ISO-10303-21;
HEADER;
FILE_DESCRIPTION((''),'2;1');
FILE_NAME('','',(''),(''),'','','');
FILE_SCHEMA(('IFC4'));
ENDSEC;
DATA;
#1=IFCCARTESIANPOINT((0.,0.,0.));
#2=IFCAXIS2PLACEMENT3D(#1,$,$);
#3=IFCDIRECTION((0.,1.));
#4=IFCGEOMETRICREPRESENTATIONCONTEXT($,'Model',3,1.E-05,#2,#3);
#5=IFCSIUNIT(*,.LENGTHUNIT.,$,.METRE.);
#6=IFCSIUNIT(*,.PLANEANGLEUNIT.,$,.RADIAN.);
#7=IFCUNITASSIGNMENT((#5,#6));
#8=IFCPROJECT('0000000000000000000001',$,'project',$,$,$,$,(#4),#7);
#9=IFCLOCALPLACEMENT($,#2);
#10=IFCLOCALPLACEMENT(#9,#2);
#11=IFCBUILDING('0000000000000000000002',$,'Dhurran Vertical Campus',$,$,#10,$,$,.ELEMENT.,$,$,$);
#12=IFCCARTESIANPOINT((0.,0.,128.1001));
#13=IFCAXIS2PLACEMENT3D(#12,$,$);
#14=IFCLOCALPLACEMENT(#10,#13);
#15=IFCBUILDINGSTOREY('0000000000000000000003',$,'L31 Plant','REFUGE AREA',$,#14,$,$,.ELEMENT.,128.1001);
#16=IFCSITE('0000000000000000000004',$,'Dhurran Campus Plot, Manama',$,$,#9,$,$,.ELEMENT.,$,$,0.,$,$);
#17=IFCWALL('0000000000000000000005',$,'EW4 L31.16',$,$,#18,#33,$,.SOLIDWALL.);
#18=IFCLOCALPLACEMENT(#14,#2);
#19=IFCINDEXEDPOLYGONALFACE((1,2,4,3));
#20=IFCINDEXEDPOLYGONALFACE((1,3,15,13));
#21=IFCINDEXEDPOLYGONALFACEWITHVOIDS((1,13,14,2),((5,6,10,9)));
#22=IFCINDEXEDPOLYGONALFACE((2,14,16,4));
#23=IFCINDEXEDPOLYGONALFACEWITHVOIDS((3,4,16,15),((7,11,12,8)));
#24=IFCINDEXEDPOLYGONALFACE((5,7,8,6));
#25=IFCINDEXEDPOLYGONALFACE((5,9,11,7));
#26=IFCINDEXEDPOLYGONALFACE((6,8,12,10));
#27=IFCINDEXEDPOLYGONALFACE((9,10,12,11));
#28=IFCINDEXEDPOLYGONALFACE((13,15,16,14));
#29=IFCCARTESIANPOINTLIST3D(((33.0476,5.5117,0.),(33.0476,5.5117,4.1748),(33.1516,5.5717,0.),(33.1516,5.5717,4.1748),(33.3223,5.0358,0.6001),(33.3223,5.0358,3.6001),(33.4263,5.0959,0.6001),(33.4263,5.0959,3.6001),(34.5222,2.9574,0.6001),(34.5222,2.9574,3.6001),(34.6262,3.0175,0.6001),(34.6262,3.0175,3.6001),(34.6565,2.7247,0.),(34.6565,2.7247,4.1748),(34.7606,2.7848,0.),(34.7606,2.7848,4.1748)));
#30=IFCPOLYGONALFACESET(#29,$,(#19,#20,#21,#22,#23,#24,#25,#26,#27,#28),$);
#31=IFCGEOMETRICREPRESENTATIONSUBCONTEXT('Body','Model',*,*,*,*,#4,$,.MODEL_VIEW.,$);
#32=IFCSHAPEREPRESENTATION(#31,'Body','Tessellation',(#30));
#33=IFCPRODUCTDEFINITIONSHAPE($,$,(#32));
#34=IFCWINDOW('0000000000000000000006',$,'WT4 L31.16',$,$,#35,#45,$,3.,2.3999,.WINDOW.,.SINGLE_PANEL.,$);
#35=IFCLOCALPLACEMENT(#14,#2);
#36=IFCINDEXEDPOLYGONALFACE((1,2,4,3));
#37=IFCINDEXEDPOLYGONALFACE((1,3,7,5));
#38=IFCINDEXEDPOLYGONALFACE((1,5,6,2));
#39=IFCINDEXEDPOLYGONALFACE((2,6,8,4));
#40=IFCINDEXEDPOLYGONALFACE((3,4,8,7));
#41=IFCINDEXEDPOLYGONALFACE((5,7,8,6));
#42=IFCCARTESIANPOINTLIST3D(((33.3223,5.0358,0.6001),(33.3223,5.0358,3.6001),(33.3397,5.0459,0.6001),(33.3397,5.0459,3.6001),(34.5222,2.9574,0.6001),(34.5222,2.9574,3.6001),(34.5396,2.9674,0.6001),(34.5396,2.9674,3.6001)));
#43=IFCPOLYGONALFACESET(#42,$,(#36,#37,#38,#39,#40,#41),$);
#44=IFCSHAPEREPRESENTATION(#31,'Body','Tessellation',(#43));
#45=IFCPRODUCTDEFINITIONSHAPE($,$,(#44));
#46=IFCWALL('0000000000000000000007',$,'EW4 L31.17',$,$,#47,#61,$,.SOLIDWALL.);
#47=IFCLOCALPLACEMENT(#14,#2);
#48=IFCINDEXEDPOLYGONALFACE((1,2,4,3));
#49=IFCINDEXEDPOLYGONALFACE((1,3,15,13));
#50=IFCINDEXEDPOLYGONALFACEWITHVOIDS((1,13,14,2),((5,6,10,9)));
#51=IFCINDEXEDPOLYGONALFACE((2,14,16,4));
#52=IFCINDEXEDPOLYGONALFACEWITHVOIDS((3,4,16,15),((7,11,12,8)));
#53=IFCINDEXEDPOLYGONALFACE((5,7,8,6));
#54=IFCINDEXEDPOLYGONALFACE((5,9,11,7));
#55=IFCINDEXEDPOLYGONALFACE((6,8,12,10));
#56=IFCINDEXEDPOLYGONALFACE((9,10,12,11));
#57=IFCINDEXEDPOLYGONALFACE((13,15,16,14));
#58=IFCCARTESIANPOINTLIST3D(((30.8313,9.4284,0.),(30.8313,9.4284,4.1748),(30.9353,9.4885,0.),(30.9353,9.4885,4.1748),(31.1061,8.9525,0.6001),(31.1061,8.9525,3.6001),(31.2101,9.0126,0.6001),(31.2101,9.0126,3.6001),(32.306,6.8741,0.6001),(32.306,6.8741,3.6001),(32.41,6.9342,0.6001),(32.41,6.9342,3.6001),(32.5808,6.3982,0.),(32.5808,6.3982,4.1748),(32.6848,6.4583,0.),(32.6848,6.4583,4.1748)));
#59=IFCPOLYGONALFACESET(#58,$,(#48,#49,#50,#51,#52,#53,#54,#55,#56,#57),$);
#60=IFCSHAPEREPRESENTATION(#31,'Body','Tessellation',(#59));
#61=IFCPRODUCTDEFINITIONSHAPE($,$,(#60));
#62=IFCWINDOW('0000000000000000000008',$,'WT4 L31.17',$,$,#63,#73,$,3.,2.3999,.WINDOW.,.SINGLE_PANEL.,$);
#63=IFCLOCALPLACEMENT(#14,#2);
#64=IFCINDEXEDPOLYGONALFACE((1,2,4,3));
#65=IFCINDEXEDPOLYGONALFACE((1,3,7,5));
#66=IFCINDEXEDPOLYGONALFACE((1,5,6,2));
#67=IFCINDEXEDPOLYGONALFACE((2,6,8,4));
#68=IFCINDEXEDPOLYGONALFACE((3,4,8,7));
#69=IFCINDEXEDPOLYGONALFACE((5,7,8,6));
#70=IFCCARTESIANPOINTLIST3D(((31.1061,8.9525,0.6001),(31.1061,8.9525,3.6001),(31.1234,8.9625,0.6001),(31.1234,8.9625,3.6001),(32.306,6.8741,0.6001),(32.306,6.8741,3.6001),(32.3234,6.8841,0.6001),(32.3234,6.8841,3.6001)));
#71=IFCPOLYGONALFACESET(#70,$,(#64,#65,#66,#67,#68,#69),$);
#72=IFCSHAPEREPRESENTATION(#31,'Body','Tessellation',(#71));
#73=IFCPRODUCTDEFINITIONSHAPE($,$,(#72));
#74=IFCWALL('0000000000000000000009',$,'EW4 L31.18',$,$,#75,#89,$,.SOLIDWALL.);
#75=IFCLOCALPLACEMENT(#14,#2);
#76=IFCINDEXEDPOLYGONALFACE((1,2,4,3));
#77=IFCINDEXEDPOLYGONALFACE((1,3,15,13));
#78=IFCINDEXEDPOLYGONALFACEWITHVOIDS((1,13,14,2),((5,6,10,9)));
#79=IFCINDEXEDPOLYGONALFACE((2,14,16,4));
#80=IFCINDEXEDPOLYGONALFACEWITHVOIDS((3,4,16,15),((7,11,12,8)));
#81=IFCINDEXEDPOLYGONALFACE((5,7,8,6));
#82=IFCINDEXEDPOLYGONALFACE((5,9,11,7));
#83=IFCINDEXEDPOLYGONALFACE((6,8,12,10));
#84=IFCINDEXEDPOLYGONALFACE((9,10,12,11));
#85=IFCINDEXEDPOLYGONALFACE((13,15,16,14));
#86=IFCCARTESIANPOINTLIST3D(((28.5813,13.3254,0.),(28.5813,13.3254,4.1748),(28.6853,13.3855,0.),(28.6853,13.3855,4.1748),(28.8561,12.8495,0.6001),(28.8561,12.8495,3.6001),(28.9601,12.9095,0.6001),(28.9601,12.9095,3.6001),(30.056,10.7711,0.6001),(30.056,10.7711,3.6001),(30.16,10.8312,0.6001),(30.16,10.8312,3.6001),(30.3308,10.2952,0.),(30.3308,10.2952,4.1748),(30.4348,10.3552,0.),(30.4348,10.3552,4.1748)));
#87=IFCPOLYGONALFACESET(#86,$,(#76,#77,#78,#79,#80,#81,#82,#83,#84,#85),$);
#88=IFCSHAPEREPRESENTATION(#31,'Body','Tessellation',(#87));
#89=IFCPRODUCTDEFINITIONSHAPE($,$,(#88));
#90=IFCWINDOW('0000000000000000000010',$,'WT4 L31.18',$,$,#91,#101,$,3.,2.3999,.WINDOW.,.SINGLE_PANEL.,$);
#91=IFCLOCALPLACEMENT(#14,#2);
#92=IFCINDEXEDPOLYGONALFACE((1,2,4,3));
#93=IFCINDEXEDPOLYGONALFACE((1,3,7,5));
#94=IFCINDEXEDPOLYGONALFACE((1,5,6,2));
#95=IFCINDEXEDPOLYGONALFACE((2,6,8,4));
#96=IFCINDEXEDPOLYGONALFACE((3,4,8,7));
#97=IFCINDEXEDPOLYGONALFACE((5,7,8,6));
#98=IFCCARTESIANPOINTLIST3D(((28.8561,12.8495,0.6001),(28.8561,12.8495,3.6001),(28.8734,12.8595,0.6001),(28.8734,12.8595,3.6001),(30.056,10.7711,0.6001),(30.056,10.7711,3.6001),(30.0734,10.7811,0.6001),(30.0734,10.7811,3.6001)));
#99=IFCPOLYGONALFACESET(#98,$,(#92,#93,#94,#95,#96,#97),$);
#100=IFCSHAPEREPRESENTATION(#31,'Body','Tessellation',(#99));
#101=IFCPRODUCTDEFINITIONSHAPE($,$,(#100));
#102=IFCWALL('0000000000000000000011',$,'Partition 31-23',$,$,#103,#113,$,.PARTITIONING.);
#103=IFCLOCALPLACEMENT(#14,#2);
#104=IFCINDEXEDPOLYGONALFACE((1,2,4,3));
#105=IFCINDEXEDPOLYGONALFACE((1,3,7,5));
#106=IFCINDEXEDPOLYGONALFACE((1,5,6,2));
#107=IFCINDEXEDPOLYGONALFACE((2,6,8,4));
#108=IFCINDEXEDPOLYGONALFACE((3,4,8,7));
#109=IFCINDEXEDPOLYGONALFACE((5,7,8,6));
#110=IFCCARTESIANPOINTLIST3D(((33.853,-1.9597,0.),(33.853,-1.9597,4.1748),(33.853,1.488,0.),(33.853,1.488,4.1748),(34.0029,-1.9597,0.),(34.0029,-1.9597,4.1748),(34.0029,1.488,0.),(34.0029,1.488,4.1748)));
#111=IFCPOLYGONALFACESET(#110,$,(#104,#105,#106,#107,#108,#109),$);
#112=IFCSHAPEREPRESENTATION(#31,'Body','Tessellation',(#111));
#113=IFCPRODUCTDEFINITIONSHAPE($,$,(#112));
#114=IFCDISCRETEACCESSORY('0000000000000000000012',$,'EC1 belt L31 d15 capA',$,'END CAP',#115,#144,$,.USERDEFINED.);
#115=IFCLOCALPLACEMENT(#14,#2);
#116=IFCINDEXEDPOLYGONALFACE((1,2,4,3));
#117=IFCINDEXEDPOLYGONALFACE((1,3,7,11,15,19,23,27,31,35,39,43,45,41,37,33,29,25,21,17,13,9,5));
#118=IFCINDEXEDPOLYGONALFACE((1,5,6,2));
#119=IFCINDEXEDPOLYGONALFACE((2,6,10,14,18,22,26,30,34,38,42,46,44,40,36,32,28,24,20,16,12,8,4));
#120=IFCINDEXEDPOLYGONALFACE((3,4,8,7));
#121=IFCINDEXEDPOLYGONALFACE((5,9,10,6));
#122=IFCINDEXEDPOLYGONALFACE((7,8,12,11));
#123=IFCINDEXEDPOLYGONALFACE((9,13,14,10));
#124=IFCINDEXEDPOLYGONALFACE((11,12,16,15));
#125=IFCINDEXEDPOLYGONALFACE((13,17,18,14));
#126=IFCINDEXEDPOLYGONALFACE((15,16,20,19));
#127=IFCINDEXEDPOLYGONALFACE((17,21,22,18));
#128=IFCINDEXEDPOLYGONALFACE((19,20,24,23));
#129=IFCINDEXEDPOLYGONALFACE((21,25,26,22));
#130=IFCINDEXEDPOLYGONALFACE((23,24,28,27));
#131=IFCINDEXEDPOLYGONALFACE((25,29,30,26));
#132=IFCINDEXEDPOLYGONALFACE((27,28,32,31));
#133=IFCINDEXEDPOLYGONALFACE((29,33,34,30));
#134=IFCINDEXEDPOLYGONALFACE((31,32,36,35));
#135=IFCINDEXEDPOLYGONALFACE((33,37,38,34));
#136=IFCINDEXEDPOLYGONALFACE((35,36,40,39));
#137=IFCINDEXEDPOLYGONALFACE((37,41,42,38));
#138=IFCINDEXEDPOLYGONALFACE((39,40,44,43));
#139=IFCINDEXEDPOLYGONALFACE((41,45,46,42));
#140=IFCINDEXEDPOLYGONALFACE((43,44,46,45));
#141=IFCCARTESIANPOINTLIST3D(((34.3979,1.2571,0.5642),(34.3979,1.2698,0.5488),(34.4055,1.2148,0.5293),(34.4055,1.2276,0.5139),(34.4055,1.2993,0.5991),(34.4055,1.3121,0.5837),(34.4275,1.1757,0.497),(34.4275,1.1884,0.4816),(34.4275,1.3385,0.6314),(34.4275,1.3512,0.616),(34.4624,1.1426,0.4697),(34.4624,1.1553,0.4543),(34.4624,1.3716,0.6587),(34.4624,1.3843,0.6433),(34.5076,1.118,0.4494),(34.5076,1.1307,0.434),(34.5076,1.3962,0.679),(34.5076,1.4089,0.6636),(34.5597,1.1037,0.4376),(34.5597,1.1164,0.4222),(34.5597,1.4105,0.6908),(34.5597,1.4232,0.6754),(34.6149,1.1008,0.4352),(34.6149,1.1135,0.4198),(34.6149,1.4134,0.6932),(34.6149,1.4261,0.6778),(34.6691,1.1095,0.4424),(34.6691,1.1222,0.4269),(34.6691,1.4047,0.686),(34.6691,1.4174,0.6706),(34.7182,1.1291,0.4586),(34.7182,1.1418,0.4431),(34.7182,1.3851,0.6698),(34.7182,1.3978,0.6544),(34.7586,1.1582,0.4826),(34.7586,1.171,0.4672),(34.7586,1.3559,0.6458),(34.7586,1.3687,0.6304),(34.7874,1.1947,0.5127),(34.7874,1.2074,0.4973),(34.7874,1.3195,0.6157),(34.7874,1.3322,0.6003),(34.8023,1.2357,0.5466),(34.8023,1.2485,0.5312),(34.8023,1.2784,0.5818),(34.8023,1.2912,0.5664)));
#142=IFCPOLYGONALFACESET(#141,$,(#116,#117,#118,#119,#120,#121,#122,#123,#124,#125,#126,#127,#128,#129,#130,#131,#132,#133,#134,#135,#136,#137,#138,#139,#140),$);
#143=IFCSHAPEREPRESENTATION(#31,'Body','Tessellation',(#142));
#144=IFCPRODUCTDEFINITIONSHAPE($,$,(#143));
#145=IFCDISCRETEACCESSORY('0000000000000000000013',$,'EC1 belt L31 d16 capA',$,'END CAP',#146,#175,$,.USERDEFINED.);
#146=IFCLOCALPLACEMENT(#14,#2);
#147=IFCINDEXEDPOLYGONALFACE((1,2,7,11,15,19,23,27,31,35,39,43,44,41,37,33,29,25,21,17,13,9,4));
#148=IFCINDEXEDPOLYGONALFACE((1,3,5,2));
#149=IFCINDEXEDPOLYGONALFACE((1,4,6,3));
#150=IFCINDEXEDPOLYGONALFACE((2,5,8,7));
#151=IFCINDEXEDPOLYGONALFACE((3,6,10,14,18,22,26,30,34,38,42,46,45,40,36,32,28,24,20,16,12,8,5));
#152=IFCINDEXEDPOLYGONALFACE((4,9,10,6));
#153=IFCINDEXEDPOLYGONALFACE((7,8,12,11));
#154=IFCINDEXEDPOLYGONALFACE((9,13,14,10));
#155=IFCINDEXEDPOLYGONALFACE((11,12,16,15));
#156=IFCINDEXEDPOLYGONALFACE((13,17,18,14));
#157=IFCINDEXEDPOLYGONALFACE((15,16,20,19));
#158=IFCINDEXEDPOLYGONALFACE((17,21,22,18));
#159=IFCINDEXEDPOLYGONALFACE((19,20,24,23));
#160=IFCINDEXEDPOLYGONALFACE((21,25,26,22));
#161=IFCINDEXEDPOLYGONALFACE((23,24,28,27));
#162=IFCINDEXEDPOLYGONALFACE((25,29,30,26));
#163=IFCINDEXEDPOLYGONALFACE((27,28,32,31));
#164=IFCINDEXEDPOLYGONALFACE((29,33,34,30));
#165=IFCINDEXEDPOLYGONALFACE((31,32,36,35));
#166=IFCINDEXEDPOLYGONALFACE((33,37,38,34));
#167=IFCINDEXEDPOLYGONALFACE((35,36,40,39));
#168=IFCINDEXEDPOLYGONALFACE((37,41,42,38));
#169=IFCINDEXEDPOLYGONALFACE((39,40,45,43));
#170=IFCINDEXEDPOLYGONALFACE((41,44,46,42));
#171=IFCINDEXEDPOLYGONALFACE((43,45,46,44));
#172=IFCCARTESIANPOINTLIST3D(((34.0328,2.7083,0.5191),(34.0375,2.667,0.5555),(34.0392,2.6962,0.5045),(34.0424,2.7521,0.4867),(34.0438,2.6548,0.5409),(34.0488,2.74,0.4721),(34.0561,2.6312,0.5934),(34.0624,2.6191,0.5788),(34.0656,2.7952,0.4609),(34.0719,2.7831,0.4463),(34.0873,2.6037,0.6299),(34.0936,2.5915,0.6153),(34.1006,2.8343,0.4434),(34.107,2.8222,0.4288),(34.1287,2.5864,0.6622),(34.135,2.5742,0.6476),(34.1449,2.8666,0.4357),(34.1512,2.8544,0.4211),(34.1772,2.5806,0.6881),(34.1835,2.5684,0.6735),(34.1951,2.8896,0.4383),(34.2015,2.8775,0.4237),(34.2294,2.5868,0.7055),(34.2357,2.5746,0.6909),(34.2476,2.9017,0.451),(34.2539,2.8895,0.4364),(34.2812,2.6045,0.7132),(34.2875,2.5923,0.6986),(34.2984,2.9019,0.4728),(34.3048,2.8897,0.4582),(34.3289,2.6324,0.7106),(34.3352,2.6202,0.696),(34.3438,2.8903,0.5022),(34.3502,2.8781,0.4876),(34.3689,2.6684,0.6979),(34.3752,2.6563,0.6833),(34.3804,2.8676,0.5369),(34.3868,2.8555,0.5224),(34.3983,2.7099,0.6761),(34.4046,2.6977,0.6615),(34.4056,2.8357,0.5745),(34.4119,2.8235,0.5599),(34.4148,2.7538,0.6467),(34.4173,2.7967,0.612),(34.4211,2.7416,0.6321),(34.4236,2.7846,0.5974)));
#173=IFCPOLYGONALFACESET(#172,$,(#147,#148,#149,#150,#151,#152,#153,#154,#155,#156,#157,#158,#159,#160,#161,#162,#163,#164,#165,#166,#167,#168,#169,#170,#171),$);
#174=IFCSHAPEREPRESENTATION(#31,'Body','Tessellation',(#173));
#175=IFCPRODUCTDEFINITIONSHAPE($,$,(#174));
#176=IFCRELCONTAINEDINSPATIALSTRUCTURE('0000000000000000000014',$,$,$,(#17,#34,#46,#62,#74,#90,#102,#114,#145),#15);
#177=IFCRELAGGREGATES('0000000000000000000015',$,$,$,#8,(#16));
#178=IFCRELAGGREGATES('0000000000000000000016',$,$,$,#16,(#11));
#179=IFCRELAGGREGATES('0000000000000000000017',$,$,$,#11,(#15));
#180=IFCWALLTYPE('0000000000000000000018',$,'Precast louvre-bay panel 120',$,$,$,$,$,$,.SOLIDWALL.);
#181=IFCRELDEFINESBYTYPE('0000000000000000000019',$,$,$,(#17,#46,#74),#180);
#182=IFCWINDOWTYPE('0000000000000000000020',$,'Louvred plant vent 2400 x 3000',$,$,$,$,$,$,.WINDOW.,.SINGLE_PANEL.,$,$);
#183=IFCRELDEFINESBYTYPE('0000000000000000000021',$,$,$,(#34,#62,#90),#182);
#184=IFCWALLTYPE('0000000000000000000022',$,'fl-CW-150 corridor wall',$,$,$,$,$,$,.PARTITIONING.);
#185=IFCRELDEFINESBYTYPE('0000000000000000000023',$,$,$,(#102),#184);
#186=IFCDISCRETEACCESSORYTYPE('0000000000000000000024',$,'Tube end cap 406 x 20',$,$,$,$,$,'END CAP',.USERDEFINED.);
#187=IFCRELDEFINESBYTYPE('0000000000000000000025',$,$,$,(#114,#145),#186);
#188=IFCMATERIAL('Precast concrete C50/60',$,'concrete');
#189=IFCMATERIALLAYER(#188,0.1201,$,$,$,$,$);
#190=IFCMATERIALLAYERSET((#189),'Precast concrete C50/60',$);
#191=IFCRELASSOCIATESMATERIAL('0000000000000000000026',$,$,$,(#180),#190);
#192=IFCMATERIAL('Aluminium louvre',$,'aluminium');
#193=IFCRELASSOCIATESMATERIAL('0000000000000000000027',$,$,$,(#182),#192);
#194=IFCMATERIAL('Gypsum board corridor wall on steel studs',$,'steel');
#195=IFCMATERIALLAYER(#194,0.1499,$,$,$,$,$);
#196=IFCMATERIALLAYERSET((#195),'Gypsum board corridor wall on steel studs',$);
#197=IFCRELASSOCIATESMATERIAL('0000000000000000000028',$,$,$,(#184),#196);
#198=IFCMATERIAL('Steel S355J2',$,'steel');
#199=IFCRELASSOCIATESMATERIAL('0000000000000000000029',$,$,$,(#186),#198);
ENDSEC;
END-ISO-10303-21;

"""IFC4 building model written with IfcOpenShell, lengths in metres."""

from ifc_helpers import new_model, si_unit, direction, frame, frame_2d, origin, origin_2d, place, context, subcontext, project, spatial, rectangle, circle, extrude, material, layer, layer_set, material_profile, profile_set, type_object, element, fill, save


model = new_model("IFC4")

# Units and contexts
model_context = context("Model", 3, precision=1e-05, world=origin(), true_north=direction((0.0, 1.0)))
body_context = subcontext(model_context, "Body", "Model", "MODEL_VIEW")
ifc_project = project(units=[si_unit("LENGTHUNIT", "METRE"), si_unit("PLANEANGLEUNIT", "RADIAN")], contexts=[model_context])

# Site, building, storey
site_placement = place(None, origin())
site = spatial("IfcSite", under=ifc_project, at=site_placement, Name="Dhurran Campus Plot, Manama", CompositionType="ELEMENT", RefElevation=0.0)
building_placement = place(site_placement, origin())
building = spatial("IfcBuilding", under=site, at=building_placement, Name="Dhurran Vertical Campus", CompositionType="ELEMENT")
storey_placement = place(building_placement, frame((0.0, 0.0, 128.1001)))
storey = spatial("IfcBuildingStorey", under=building, at=storey_placement, Name="L31 Plant", Description="REFUGE AREA", CompositionType="ELEMENT", Elevation=128.1001)

# Walls, openings, windows
ifc_material_1 = material(Name="Precast concrete C50/60", Category="concrete")
ifc_layer_1 = layer(ifc_material_1, 0.1201)
ifc_layer_set_1 = layer_set([ifc_layer_1], Name="Precast concrete C50/60")
wall_type_1 = type_object("IfcWallType", Name="Precast louvre-bay panel 120", PredefinedType="SOLIDWALL", material=ifc_layer_set_1)
wall_1_placement = place(storey_placement, frame((34.7085, 2.7549, 0.0), z_axis=(0.0, 0.0, 1.0), x_axis=(-0.499974, 0.86604, 0.0)))
wall_1 = element("IfcWall", 1, at=wall_1_placement, inside=storey, type_object=wall_type_1, Name="EW4 L31.16", PredefinedType="SOLIDWALL", context=body_context, shape_type="SweptSolid", body=[
    extrude(rectangle(XDim=3.218, YDim=0.1201, at=frame_2d((1.6089, 0.0))), origin(), (0.0, 0.0, 1.0), 4.1748),
])
opening_1_placement = place(wall_1_placement, frame((0.2686, 0.0, 0.6001)))
opening_1 = element("IfcOpeningElement", 2, at=opening_1_placement, cuts=wall_1, PredefinedType="OPENING", context=body_context, shape_type="SweptSolid", body=[
    extrude(rectangle(XDim=2.3999, YDim=3.0, at=frame_2d((1.2, 1.5))), frame((0.0, 0.0701, 0.0), z_axis=(0.0, -1.0, 0.0), x_axis=(1.0, 0.0, 0.0)), (0.0, 0.0, 1.0), 0.1401),
])
ifc_material_2 = material(Name="Aluminium louvre", Category="aluminium")
window_type = type_object("IfcWindowType", Name="Louvred plant vent 2400 x 3000", PartitioningType="SINGLE_PANEL", PredefinedType="WINDOW", material=ifc_material_2)
window_1_placement = place(opening_1_placement, origin())
window_1 = element("IfcWindow", 3, at=window_1_placement, inside=storey, type_object=window_type, Name="WT4 L31.16", OverallHeight=3.0, OverallWidth=2.3999, PartitioningType="SINGLE_PANEL", PredefinedType="WINDOW", context=body_context, shape_type="SweptSolid", body=[
    extrude(rectangle(XDim=2.3999, YDim=3.0, at=frame_2d((1.2, 1.5))), frame((0.0, 0.0601, 0.0), z_axis=(0.0, -1.0, 0.0), x_axis=(1.0, 0.0, 0.0)), (0.0, 0.0, 1.0), 0.02),
])
fill(opening_1, window_1)
wall_2_placement = place(storey_placement, frame((32.6328, 6.4282, 0.0), z_axis=(0.0, 0.0, 1.0), x_axis=(-0.499996, 0.866028, 0.0)))
wall_2 = element("IfcWall", 4, at=wall_2_placement, inside=storey, type_object=wall_type_1, Name="EW4 L31.17", PredefinedType="SOLIDWALL", context=body_context, shape_type="SweptSolid", body=[
    extrude(rectangle(XDim=3.499, YDim=0.1201, at=frame_2d((1.7495, 0.0))), origin(), (0.0, 0.0, 1.0), 4.1748),
])
opening_2_placement = place(wall_2_placement, frame((0.5496, 0.0, 0.6001)))
opening_2 = element("IfcOpeningElement", 5, at=opening_2_placement, cuts=wall_2, PredefinedType="OPENING", context=body_context, shape_type="SweptSolid", body=[
    extrude(rectangle(XDim=2.3999, YDim=3.0, at=frame_2d((1.2, 1.5))), frame((0.0, 0.0701, 0.0), z_axis=(0.0, -1.0, 0.0), x_axis=(1.0, 0.0, 0.0)), (0.0, 0.0, 1.0), 0.1401),
])
window_2_placement = place(opening_2_placement, origin())
window_2 = element("IfcWindow", 6, at=window_2_placement, inside=storey, type_object=window_type, Name="WT4 L31.17", OverallHeight=3.0, OverallWidth=2.3999, PartitioningType="SINGLE_PANEL", PredefinedType="WINDOW", context=body_context, shape_type="SweptSolid", body=[
    extrude(rectangle(XDim=2.3999, YDim=3.0, at=frame_2d((1.2, 1.5))), frame((0.0, 0.0601, 0.0), z_axis=(0.0, -1.0, 0.0), x_axis=(1.0, 0.0, 0.0)), (0.0, 0.0, 1.0), 0.02),
])
fill(opening_2, window_2)
wall_3_placement = place(storey_placement, frame((30.3828, 10.3252, 0.0), z_axis=(0.0, 0.0, 1.0), x_axis=(-0.499996, 0.866028, 0.0)))
wall_3 = element("IfcWall", 7, at=wall_3_placement, inside=storey, type_object=wall_type_1, Name="EW4 L31.18", PredefinedType="SOLIDWALL", context=body_context, shape_type="SweptSolid", body=[
    extrude(rectangle(XDim=3.499, YDim=0.1201, at=frame_2d((1.7495, 0.0))), origin(), (0.0, 0.0, 1.0), 4.1748),
])
opening_3_placement = place(wall_3_placement, frame((0.5496, 0.0, 0.6001)))
opening_3 = element("IfcOpeningElement", 8, at=opening_3_placement, cuts=wall_3, PredefinedType="OPENING", context=body_context, shape_type="SweptSolid", body=[
    extrude(rectangle(XDim=2.3999, YDim=3.0, at=frame_2d((1.2, 1.5))), frame((0.0, 0.0701, 0.0), z_axis=(0.0, -1.0, 0.0), x_axis=(1.0, 0.0, 0.0)), (0.0, 0.0, 1.0), 0.1401),
])
window_3_placement = place(opening_3_placement, origin())
window_3 = element("IfcWindow", 9, at=window_3_placement, inside=storey, type_object=window_type, Name="WT4 L31.18", OverallHeight=3.0, OverallWidth=2.3999, PartitioningType="SINGLE_PANEL", PredefinedType="WINDOW", context=body_context, shape_type="SweptSolid", body=[
    extrude(rectangle(XDim=2.3999, YDim=3.0, at=frame_2d((1.2, 1.5))), frame((0.0, 0.0601, 0.0), z_axis=(0.0, -1.0, 0.0), x_axis=(1.0, 0.0, 0.0)), (0.0, 0.0, 1.0), 0.02),
])
fill(opening_3, window_3)

# Wall
ifc_material_3 = material(Name="Gypsum board corridor wall on steel studs", Category="steel")
ifc_layer_2 = layer(ifc_material_3, 0.1499)
ifc_layer_set_2 = layer_set([ifc_layer_2], Name="Gypsum board corridor wall on steel studs")
wall_type_2 = type_object("IfcWallType", Name="fl-CW-150 corridor wall", PredefinedType="PARTITIONING", material=ifc_layer_set_2)
wall_4_placement = place(storey_placement, frame((33.928, 1.488, 0.0), z_axis=(0.0, 0.0, 1.0), x_axis=(0.0, -1.0, 0.0)))
element("IfcWall", 10, at=wall_4_placement, inside=storey, type_object=wall_type_2, Name="Partition 31-23", PredefinedType="PARTITIONING", context=body_context, shape_type="SweptSolid", body=[
    extrude(rectangle(XDim=3.4478, YDim=0.1499, at=frame_2d((1.7239, 0.0))), origin(), (0.0, 0.0, 1.0), 4.1748),
])

# Discrete accessories
ifc_material_4 = material(Name="Steel S355J2", Category="steel")
ifc_material_profile_1 = material_profile(ifc_material_4, circle(Radius=0.2031, at=origin_2d()), Name="Tube end cap 406 x 20")
ifc_profile_set_1 = profile_set([ifc_material_profile_1], Name="Steel S355J2")
discrete_accessory_type = type_object("IfcDiscreteAccessoryType", Name="Tube end cap 406 x 20", ElementType="END CAP", PredefinedType="USERDEFINED", material=ifc_profile_set_1)
for number, where, z_axis, x_axis, name in (
    (11, (34.6011, 1.2571, 0.5642), (0.0, 0.636565, -0.771223), (-1.0, 0.0, 0.0), "EC1 belt L31 d15 capA"),
    (12, (34.2253, 2.7419, 0.5745), (0.315854, -0.607412, -0.728894), (0.887217, 0.461353, 0.0), "EC1 belt L31 d16 capA"),
):
    element("IfcDiscreteAccessory", number, at=place(storey_placement, frame(where, z_axis=z_axis, x_axis=x_axis)), inside=storey, type_object=discrete_accessory_type, Name=name, ObjectType="END CAP", PredefinedType="USERDEFINED", context=body_context, shape_type="SweptSolid", body=[
        extrude(circle(Radius=0.2031, at=origin_2d()), origin(), (0.0, 0.0, 1.0), 0.02),
    ])

save(model, "model.ifc")
